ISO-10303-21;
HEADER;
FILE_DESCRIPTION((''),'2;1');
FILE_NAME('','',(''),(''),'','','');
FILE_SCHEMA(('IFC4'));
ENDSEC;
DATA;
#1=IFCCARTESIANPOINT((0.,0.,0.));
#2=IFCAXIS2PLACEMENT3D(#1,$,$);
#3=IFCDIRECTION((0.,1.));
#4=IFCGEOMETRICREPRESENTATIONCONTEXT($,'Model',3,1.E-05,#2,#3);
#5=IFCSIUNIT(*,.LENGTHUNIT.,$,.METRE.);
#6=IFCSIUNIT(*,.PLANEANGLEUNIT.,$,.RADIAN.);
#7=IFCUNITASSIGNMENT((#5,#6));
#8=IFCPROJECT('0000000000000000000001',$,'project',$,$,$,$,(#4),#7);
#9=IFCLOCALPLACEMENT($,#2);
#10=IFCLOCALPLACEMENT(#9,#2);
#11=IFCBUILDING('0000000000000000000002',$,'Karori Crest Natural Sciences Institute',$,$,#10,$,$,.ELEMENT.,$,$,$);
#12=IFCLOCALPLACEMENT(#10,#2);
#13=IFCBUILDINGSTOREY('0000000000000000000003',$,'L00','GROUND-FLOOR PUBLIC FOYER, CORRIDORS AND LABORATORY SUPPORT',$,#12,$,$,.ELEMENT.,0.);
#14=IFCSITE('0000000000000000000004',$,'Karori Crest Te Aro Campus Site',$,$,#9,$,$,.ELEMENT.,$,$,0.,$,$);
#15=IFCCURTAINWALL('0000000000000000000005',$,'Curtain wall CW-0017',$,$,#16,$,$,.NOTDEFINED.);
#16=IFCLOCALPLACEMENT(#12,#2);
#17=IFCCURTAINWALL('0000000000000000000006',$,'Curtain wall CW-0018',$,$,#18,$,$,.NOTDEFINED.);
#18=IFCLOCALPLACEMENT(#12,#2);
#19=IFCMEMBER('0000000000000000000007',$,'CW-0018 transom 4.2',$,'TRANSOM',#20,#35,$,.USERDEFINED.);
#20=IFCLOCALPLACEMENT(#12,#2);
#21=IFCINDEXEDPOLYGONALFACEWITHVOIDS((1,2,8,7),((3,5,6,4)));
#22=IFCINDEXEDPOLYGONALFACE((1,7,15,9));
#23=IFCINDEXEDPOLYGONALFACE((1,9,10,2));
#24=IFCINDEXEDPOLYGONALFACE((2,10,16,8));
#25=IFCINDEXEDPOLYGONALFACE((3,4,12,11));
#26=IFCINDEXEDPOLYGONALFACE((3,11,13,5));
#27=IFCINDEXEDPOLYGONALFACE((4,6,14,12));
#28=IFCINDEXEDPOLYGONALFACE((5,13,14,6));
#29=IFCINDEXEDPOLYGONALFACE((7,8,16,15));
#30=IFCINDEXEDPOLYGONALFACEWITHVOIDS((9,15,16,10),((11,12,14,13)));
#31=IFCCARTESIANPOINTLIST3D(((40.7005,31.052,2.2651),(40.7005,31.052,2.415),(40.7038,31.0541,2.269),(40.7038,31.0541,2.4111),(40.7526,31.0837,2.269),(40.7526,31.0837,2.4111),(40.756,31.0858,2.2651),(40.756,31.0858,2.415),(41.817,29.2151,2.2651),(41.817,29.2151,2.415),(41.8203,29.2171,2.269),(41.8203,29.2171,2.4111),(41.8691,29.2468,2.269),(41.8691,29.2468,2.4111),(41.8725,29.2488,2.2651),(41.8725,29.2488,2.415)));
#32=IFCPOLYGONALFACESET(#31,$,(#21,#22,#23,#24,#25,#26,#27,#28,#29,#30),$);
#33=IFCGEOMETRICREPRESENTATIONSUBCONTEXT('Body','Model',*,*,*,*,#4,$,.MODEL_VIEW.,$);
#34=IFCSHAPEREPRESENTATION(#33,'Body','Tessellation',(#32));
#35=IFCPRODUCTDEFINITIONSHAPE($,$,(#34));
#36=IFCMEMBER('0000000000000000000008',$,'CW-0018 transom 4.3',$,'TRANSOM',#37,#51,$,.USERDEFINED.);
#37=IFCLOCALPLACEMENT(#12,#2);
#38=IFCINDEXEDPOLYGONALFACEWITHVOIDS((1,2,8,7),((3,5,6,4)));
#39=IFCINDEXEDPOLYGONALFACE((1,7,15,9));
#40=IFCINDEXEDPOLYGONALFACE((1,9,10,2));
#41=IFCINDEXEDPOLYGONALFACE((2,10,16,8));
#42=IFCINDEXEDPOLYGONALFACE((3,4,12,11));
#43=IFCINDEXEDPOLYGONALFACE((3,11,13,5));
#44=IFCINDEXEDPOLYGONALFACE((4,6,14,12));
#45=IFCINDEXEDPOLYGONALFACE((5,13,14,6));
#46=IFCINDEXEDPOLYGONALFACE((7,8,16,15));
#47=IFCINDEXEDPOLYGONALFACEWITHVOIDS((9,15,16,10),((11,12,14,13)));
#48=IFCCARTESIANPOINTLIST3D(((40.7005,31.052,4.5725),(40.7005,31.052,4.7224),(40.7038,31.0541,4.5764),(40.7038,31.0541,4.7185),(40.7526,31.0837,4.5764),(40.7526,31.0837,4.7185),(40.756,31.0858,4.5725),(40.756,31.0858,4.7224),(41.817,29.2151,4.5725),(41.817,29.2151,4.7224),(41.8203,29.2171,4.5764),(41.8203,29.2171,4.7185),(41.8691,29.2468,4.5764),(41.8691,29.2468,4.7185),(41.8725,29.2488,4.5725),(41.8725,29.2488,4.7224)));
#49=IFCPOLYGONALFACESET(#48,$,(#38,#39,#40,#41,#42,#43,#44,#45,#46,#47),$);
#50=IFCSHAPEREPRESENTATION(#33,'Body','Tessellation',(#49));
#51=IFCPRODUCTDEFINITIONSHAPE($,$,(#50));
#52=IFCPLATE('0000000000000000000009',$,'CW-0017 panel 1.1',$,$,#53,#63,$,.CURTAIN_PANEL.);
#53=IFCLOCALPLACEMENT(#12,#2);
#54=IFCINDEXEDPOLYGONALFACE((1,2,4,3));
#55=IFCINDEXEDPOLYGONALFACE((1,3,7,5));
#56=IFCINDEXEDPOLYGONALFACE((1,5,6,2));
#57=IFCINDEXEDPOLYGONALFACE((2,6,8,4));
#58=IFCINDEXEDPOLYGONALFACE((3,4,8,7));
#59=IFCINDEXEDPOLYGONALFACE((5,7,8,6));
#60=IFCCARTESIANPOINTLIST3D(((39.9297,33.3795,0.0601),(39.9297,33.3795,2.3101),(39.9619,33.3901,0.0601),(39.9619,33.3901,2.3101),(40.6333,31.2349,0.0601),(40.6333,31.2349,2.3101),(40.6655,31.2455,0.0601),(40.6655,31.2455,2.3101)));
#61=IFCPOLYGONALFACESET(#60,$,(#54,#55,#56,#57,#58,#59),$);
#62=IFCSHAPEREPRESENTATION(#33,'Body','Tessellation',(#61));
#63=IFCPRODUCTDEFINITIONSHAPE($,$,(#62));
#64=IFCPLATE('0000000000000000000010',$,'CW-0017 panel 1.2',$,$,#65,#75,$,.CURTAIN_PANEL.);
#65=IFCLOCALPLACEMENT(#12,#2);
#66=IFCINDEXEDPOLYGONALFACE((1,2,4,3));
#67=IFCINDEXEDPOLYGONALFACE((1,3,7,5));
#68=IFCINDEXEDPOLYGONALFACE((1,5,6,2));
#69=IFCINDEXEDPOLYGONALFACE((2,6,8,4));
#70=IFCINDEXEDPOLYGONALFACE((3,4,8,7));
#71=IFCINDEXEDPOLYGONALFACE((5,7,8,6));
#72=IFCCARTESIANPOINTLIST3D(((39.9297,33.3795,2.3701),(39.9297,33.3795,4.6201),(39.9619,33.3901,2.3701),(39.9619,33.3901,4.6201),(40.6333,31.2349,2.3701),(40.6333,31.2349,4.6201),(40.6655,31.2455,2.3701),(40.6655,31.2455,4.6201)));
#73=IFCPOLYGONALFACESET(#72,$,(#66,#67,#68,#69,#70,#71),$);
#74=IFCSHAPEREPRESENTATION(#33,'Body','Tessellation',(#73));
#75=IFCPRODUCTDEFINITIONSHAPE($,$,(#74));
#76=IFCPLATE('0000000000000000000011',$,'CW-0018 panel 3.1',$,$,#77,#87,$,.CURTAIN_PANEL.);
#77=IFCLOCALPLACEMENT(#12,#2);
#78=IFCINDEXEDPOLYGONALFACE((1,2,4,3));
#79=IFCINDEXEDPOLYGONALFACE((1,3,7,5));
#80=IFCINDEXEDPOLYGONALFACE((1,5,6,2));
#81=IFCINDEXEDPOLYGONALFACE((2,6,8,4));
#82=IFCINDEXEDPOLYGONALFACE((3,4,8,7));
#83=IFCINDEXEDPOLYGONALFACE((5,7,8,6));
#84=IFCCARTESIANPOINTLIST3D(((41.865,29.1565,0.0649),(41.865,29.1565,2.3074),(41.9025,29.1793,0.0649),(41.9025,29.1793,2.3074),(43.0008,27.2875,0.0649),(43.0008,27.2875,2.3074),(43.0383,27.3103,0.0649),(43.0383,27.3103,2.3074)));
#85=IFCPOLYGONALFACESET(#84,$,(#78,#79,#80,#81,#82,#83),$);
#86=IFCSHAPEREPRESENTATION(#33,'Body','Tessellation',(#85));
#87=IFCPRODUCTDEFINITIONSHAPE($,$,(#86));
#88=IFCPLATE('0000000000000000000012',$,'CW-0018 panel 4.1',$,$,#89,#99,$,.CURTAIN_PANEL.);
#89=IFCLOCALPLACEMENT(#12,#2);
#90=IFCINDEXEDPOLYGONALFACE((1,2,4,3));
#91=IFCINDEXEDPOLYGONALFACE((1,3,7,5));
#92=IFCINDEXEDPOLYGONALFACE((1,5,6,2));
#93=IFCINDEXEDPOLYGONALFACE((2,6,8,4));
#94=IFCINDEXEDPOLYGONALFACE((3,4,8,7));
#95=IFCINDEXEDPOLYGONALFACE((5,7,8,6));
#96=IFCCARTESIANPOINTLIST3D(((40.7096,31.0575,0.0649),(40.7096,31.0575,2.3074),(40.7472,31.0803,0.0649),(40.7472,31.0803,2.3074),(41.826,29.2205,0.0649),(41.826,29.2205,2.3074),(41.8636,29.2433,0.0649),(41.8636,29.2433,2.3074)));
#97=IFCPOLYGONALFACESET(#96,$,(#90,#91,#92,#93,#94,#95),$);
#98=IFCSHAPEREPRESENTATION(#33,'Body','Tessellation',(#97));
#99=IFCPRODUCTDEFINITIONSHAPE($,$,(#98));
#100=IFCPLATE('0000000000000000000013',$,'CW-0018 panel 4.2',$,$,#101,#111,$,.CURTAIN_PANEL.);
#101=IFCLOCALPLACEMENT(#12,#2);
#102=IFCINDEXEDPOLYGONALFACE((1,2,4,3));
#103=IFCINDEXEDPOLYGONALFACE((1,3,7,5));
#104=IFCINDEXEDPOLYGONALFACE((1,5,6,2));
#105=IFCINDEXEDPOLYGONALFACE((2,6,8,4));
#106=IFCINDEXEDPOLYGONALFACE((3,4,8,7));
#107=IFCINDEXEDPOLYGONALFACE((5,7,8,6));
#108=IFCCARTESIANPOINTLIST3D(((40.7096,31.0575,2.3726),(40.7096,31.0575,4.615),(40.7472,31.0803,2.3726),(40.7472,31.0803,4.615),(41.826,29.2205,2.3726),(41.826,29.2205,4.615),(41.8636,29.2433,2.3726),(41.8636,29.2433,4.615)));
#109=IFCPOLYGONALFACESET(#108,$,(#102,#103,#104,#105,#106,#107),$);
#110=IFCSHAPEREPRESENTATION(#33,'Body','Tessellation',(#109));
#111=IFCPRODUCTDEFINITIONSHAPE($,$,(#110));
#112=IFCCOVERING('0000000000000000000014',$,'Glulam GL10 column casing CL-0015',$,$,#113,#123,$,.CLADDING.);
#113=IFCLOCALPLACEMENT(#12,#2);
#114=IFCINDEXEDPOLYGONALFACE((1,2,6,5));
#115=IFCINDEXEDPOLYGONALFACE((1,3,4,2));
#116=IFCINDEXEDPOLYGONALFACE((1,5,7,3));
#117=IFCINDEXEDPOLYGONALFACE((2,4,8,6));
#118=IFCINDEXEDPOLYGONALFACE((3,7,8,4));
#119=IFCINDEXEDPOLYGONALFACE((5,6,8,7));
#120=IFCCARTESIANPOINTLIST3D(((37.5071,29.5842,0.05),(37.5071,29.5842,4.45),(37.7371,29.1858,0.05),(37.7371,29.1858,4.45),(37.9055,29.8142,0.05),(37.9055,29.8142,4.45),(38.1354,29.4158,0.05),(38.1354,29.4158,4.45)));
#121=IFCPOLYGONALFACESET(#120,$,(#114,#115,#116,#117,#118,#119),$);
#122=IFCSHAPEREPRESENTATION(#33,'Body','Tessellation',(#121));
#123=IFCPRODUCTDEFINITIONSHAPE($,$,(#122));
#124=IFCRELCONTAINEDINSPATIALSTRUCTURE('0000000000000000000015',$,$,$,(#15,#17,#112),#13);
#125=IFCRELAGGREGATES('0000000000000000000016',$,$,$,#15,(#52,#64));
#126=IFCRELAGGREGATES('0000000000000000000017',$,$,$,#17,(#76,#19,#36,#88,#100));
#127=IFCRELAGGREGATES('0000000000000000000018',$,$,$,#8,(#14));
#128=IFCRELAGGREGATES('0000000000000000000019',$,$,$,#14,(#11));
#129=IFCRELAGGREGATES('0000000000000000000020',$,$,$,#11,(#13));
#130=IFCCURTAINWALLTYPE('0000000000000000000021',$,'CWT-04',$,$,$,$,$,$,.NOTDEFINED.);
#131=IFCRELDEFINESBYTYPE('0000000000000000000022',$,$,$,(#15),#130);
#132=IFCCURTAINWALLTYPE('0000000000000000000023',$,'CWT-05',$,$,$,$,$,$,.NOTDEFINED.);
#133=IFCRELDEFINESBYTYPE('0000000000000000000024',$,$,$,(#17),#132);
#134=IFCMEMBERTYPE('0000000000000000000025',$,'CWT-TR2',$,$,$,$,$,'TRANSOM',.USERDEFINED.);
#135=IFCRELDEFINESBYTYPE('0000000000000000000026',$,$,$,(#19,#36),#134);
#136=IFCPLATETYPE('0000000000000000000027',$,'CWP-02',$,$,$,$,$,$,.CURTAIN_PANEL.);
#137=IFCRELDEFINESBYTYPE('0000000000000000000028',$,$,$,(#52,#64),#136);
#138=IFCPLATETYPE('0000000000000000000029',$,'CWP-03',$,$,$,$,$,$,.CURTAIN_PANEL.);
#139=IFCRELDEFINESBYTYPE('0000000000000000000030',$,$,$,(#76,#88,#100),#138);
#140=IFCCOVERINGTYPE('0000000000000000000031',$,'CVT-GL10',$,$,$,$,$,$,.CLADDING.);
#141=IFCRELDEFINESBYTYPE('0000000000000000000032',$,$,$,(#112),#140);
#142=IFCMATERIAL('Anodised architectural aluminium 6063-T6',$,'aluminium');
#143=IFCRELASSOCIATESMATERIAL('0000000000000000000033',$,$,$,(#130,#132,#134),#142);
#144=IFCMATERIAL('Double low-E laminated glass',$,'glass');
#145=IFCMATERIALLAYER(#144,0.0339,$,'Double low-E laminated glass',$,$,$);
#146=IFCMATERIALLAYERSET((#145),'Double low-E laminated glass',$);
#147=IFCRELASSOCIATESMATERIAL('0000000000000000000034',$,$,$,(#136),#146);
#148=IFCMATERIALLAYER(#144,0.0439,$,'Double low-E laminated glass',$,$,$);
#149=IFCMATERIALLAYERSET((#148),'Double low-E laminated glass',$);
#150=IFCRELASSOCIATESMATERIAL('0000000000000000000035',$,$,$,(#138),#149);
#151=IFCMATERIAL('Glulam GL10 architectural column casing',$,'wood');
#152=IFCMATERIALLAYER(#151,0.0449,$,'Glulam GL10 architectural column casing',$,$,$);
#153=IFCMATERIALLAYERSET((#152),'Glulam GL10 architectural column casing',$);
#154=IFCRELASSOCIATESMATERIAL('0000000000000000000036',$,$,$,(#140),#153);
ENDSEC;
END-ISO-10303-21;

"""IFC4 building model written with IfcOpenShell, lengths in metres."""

from ifc_helpers import new_model, si_unit, direction, frame, origin, origin_2d, place, context, subcontext, project, spatial, rectangle, hollow_rectangle, extrude, material, layer, layer_set, material_profile, profile_set, type_object, element, aggregate, save


model = new_model("IFC4")

# Units and contexts
model_context = context("Model", 3, precision=1e-05, world=origin(), true_north=direction((0.0, 1.0)))
body_context = subcontext(model_context, "Body", "Model", "MODEL_VIEW")
ifc_project = project(units=[si_unit("LENGTHUNIT", "METRE"), si_unit("PLANEANGLEUNIT", "RADIAN")], contexts=[model_context])

# Site, building, storey
site_placement = place(None, origin())
site = spatial("IfcSite", under=ifc_project, at=site_placement, Name="Karori Crest Te Aro Campus Site", CompositionType="ELEMENT", RefElevation=0.0)
building_placement = place(site_placement, origin())
building = spatial("IfcBuilding", under=site, at=building_placement, Name="Karori Crest Natural Sciences Institute", CompositionType="ELEMENT")
storey_placement = place(building_placement, origin())
storey = spatial("IfcBuildingStorey", under=building, at=storey_placement, Name="L00", Description="GROUND-FLOOR PUBLIC FOYER, CORRIDORS AND LABORATORY SUPPORT", CompositionType="ELEMENT", Elevation=0.0)

# Curtain wall
ifc_material_1 = material(Name="Anodised architectural aluminium 6063-T6", Category="aluminium")
curtain_wall_type_1 = type_object("IfcCurtainWallType", Name="CWT-04", PredefinedType="NOTDEFINED", material=ifc_material_1)
curtain_wall_1_placement = place(storey_placement, origin())
curtain_wall_1 = element("IfcCurtainWall", 1, at=curtain_wall_1_placement, inside=storey, type_object=curtain_wall_type_1, Name="Curtain wall CW-0017", PredefinedType="NOTDEFINED")

# Curtain wall
curtain_wall_type_2 = type_object("IfcCurtainWallType", Name="CWT-05", PredefinedType="NOTDEFINED", material=ifc_material_1)
curtain_wall_2_placement = place(storey_placement, origin())
curtain_wall_2 = element("IfcCurtainWall", 2, at=curtain_wall_2_placement, inside=storey, type_object=curtain_wall_type_2, Name="Curtain wall CW-0018", PredefinedType="NOTDEFINED")

# Members
ifc_material_profile_1 = material_profile(ifc_material_1, hollow_rectangle(XDim=0.0649, YDim=0.1499, WallThickness=0.0039, at=origin_2d()), Name="CWT150x65x4")
ifc_profile_set_1 = profile_set([ifc_material_profile_1], Name="Anodised architectural aluminium 6063-T6")
member_type_1 = type_object("IfcMemberType", Name="CWT-TR2", ElementType="TRANSOM", PredefinedType="USERDEFINED", material=ifc_profile_set_1)
member_1_placement = place(storey_placement, frame((41.8447, 29.2319, 2.3401), z_axis=(-0.519381, 0.854543, 0.0), x_axis=(-0.854543, -0.519381, 0.0)))
member_1 = element("IfcMember", 3, at=member_1_placement, type_object=member_type_1, Name="CW-0018 transom 4.2", ObjectType="TRANSOM", PredefinedType="USERDEFINED", context=body_context, shape_type="SweptSolid", body=[
    extrude(hollow_rectangle(XDim=0.0649, YDim=0.1499, WallThickness=0.0039, at=origin_2d()), origin(), (0.0, 0.0, 1.0), 2.1497),
])
member_2_placement = place(storey_placement, frame((41.8447, 29.2319, 4.6475), z_axis=(-0.519381, 0.854543, 0.0), x_axis=(-0.854543, -0.519381, 0.0)))
member_2 = element("IfcMember", 4, at=member_2_placement, type_object=member_type_1, Name="CW-0018 transom 4.3", ObjectType="TRANSOM", PredefinedType="USERDEFINED", context=body_context, shape_type="SweptSolid", body=[
    extrude(hollow_rectangle(XDim=0.0649, YDim=0.1499, WallThickness=0.0039, at=origin_2d()), origin(), (0.0, 0.0, 1.0), 2.1497),
])

# Plates
ifc_material_2 = material(Name="Double low-E laminated glass", Category="glass")
ifc_layer_1 = layer(ifc_material_2, 0.0339, Name="Double low-E laminated glass")
ifc_layer_set_1 = layer_set([ifc_layer_1], Name="Double low-E laminated glass")
plate_type_1 = type_object("IfcPlateType", Name="CWP-02", PredefinedType="CURTAIN_PANEL", material=ifc_layer_set_1)
plate_1_placement = place(storey_placement, frame((40.2976, 32.3125, 0.0601), z_axis=(0.0, 0.0, 1.0), x_axis=(-0.311714, 0.950176, 0.0)))
plate_1 = element("IfcPlate", 5, at=plate_1_placement, type_object=plate_type_1, Name="CW-0017 panel 1.1", PredefinedType="CURTAIN_PANEL", context=body_context, shape_type="SweptSolid", body=[
    extrude(rectangle(XDim=2.2571, YDim=0.0339, at=origin_2d()), origin(), (0.0, 0.0, 1.0), 2.25),
])
plate_2_placement = place(storey_placement, frame((40.2976, 32.3125, 2.3701), z_axis=(0.0, 0.0, 1.0), x_axis=(-0.311714, 0.950176, 0.0)))
plate_2 = element("IfcPlate", 6, at=plate_2_placement, type_object=plate_type_1, Name="CW-0017 panel 1.2", PredefinedType="CURTAIN_PANEL", context=body_context, shape_type="SweptSolid", body=[
    extrude(rectangle(XDim=2.2571, YDim=0.0339, at=origin_2d()), origin(), (0.0, 0.0, 1.0), 2.25),
])
aggregate(curtain_wall_1, [plate_1, plate_2])
ifc_layer_2 = layer(ifc_material_2, 0.0439, Name="Double low-E laminated glass")
ifc_layer_set_2 = layer_set([ifc_layer_2], Name="Double low-E laminated glass")
plate_type_2 = type_object("IfcPlateType", Name="CWP-03", PredefinedType="CURTAIN_PANEL", material=ifc_layer_set_2)
plate_3_placement = place(storey_placement, frame((42.4517, 28.2334, 0.0649), z_axis=(0.0, 0.0, 1.0), x_axis=(-0.519341, 0.854567, 0.0)))
plate_3 = element("IfcPlate", 7, at=plate_3_placement, type_object=plate_type_2, Name="CW-0018 panel 3.1", PredefinedType="CURTAIN_PANEL", context=body_context, shape_type="SweptSolid", body=[
    extrude(rectangle(XDim=2.187, YDim=0.0439, at=origin_2d()), origin(), (0.0, 0.0, 1.0), 2.2424),
])
plate_4_placement = place(storey_placement, frame((41.2866, 30.1504, 0.0649), z_axis=(0.0, 0.0, 1.0), x_axis=(-0.519341, 0.854567, 0.0)))
plate_4 = element("IfcPlate", 8, at=plate_4_placement, type_object=plate_type_2, Name="CW-0018 panel 4.1", PredefinedType="CURTAIN_PANEL", context=body_context, shape_type="SweptSolid", body=[
    extrude(rectangle(XDim=2.1497, YDim=0.0439, at=origin_2d()), origin(), (0.0, 0.0, 1.0), 2.2424),
])
plate_5_placement = place(storey_placement, frame((41.2866, 30.1504, 2.3726), z_axis=(0.0, 0.0, 1.0), x_axis=(-0.519341, 0.854567, 0.0)))
plate_5 = element("IfcPlate", 9, at=plate_5_placement, type_object=plate_type_2, Name="CW-0018 panel 4.2", PredefinedType="CURTAIN_PANEL", context=body_context, shape_type="SweptSolid", body=[
    extrude(rectangle(XDim=2.1497, YDim=0.0439, at=origin_2d()), origin(), (0.0, 0.0, 1.0), 2.2424),
])
aggregate(curtain_wall_2, [plate_3, member_1, member_2, plate_4, plate_5])

# Covering
ifc_material_3 = material(Name="Glulam GL10 architectural column casing", Category="wood")
ifc_layer_3 = layer(ifc_material_3, 0.0449, Name="Glulam GL10 architectural column casing")
ifc_layer_set_3 = layer_set([ifc_layer_3], Name="Glulam GL10 architectural column casing")
covering_type = type_object("IfcCoveringType", Name="CVT-GL10", PredefinedType="CLADDING", material=ifc_layer_set_3)
covering_placement = place(storey_placement, frame((37.8213, 29.5, 0.05), z_axis=(0.0, 0.0, 1.0), x_axis=(-0.866025, -0.5, 0.0)))
element("IfcCovering", 10, at=covering_placement, inside=storey, type_object=covering_type, Name="Glulam GL10 column casing CL-0015", PredefinedType="CLADDING", context=body_context, shape_type="SweptSolid", body=[
    extrude(rectangle(XDim=0.46, YDim=0.46, at=origin_2d()), origin(), (0.0, 0.0, 1.0), 4.3999),
])

save(model, "model.ifc")
